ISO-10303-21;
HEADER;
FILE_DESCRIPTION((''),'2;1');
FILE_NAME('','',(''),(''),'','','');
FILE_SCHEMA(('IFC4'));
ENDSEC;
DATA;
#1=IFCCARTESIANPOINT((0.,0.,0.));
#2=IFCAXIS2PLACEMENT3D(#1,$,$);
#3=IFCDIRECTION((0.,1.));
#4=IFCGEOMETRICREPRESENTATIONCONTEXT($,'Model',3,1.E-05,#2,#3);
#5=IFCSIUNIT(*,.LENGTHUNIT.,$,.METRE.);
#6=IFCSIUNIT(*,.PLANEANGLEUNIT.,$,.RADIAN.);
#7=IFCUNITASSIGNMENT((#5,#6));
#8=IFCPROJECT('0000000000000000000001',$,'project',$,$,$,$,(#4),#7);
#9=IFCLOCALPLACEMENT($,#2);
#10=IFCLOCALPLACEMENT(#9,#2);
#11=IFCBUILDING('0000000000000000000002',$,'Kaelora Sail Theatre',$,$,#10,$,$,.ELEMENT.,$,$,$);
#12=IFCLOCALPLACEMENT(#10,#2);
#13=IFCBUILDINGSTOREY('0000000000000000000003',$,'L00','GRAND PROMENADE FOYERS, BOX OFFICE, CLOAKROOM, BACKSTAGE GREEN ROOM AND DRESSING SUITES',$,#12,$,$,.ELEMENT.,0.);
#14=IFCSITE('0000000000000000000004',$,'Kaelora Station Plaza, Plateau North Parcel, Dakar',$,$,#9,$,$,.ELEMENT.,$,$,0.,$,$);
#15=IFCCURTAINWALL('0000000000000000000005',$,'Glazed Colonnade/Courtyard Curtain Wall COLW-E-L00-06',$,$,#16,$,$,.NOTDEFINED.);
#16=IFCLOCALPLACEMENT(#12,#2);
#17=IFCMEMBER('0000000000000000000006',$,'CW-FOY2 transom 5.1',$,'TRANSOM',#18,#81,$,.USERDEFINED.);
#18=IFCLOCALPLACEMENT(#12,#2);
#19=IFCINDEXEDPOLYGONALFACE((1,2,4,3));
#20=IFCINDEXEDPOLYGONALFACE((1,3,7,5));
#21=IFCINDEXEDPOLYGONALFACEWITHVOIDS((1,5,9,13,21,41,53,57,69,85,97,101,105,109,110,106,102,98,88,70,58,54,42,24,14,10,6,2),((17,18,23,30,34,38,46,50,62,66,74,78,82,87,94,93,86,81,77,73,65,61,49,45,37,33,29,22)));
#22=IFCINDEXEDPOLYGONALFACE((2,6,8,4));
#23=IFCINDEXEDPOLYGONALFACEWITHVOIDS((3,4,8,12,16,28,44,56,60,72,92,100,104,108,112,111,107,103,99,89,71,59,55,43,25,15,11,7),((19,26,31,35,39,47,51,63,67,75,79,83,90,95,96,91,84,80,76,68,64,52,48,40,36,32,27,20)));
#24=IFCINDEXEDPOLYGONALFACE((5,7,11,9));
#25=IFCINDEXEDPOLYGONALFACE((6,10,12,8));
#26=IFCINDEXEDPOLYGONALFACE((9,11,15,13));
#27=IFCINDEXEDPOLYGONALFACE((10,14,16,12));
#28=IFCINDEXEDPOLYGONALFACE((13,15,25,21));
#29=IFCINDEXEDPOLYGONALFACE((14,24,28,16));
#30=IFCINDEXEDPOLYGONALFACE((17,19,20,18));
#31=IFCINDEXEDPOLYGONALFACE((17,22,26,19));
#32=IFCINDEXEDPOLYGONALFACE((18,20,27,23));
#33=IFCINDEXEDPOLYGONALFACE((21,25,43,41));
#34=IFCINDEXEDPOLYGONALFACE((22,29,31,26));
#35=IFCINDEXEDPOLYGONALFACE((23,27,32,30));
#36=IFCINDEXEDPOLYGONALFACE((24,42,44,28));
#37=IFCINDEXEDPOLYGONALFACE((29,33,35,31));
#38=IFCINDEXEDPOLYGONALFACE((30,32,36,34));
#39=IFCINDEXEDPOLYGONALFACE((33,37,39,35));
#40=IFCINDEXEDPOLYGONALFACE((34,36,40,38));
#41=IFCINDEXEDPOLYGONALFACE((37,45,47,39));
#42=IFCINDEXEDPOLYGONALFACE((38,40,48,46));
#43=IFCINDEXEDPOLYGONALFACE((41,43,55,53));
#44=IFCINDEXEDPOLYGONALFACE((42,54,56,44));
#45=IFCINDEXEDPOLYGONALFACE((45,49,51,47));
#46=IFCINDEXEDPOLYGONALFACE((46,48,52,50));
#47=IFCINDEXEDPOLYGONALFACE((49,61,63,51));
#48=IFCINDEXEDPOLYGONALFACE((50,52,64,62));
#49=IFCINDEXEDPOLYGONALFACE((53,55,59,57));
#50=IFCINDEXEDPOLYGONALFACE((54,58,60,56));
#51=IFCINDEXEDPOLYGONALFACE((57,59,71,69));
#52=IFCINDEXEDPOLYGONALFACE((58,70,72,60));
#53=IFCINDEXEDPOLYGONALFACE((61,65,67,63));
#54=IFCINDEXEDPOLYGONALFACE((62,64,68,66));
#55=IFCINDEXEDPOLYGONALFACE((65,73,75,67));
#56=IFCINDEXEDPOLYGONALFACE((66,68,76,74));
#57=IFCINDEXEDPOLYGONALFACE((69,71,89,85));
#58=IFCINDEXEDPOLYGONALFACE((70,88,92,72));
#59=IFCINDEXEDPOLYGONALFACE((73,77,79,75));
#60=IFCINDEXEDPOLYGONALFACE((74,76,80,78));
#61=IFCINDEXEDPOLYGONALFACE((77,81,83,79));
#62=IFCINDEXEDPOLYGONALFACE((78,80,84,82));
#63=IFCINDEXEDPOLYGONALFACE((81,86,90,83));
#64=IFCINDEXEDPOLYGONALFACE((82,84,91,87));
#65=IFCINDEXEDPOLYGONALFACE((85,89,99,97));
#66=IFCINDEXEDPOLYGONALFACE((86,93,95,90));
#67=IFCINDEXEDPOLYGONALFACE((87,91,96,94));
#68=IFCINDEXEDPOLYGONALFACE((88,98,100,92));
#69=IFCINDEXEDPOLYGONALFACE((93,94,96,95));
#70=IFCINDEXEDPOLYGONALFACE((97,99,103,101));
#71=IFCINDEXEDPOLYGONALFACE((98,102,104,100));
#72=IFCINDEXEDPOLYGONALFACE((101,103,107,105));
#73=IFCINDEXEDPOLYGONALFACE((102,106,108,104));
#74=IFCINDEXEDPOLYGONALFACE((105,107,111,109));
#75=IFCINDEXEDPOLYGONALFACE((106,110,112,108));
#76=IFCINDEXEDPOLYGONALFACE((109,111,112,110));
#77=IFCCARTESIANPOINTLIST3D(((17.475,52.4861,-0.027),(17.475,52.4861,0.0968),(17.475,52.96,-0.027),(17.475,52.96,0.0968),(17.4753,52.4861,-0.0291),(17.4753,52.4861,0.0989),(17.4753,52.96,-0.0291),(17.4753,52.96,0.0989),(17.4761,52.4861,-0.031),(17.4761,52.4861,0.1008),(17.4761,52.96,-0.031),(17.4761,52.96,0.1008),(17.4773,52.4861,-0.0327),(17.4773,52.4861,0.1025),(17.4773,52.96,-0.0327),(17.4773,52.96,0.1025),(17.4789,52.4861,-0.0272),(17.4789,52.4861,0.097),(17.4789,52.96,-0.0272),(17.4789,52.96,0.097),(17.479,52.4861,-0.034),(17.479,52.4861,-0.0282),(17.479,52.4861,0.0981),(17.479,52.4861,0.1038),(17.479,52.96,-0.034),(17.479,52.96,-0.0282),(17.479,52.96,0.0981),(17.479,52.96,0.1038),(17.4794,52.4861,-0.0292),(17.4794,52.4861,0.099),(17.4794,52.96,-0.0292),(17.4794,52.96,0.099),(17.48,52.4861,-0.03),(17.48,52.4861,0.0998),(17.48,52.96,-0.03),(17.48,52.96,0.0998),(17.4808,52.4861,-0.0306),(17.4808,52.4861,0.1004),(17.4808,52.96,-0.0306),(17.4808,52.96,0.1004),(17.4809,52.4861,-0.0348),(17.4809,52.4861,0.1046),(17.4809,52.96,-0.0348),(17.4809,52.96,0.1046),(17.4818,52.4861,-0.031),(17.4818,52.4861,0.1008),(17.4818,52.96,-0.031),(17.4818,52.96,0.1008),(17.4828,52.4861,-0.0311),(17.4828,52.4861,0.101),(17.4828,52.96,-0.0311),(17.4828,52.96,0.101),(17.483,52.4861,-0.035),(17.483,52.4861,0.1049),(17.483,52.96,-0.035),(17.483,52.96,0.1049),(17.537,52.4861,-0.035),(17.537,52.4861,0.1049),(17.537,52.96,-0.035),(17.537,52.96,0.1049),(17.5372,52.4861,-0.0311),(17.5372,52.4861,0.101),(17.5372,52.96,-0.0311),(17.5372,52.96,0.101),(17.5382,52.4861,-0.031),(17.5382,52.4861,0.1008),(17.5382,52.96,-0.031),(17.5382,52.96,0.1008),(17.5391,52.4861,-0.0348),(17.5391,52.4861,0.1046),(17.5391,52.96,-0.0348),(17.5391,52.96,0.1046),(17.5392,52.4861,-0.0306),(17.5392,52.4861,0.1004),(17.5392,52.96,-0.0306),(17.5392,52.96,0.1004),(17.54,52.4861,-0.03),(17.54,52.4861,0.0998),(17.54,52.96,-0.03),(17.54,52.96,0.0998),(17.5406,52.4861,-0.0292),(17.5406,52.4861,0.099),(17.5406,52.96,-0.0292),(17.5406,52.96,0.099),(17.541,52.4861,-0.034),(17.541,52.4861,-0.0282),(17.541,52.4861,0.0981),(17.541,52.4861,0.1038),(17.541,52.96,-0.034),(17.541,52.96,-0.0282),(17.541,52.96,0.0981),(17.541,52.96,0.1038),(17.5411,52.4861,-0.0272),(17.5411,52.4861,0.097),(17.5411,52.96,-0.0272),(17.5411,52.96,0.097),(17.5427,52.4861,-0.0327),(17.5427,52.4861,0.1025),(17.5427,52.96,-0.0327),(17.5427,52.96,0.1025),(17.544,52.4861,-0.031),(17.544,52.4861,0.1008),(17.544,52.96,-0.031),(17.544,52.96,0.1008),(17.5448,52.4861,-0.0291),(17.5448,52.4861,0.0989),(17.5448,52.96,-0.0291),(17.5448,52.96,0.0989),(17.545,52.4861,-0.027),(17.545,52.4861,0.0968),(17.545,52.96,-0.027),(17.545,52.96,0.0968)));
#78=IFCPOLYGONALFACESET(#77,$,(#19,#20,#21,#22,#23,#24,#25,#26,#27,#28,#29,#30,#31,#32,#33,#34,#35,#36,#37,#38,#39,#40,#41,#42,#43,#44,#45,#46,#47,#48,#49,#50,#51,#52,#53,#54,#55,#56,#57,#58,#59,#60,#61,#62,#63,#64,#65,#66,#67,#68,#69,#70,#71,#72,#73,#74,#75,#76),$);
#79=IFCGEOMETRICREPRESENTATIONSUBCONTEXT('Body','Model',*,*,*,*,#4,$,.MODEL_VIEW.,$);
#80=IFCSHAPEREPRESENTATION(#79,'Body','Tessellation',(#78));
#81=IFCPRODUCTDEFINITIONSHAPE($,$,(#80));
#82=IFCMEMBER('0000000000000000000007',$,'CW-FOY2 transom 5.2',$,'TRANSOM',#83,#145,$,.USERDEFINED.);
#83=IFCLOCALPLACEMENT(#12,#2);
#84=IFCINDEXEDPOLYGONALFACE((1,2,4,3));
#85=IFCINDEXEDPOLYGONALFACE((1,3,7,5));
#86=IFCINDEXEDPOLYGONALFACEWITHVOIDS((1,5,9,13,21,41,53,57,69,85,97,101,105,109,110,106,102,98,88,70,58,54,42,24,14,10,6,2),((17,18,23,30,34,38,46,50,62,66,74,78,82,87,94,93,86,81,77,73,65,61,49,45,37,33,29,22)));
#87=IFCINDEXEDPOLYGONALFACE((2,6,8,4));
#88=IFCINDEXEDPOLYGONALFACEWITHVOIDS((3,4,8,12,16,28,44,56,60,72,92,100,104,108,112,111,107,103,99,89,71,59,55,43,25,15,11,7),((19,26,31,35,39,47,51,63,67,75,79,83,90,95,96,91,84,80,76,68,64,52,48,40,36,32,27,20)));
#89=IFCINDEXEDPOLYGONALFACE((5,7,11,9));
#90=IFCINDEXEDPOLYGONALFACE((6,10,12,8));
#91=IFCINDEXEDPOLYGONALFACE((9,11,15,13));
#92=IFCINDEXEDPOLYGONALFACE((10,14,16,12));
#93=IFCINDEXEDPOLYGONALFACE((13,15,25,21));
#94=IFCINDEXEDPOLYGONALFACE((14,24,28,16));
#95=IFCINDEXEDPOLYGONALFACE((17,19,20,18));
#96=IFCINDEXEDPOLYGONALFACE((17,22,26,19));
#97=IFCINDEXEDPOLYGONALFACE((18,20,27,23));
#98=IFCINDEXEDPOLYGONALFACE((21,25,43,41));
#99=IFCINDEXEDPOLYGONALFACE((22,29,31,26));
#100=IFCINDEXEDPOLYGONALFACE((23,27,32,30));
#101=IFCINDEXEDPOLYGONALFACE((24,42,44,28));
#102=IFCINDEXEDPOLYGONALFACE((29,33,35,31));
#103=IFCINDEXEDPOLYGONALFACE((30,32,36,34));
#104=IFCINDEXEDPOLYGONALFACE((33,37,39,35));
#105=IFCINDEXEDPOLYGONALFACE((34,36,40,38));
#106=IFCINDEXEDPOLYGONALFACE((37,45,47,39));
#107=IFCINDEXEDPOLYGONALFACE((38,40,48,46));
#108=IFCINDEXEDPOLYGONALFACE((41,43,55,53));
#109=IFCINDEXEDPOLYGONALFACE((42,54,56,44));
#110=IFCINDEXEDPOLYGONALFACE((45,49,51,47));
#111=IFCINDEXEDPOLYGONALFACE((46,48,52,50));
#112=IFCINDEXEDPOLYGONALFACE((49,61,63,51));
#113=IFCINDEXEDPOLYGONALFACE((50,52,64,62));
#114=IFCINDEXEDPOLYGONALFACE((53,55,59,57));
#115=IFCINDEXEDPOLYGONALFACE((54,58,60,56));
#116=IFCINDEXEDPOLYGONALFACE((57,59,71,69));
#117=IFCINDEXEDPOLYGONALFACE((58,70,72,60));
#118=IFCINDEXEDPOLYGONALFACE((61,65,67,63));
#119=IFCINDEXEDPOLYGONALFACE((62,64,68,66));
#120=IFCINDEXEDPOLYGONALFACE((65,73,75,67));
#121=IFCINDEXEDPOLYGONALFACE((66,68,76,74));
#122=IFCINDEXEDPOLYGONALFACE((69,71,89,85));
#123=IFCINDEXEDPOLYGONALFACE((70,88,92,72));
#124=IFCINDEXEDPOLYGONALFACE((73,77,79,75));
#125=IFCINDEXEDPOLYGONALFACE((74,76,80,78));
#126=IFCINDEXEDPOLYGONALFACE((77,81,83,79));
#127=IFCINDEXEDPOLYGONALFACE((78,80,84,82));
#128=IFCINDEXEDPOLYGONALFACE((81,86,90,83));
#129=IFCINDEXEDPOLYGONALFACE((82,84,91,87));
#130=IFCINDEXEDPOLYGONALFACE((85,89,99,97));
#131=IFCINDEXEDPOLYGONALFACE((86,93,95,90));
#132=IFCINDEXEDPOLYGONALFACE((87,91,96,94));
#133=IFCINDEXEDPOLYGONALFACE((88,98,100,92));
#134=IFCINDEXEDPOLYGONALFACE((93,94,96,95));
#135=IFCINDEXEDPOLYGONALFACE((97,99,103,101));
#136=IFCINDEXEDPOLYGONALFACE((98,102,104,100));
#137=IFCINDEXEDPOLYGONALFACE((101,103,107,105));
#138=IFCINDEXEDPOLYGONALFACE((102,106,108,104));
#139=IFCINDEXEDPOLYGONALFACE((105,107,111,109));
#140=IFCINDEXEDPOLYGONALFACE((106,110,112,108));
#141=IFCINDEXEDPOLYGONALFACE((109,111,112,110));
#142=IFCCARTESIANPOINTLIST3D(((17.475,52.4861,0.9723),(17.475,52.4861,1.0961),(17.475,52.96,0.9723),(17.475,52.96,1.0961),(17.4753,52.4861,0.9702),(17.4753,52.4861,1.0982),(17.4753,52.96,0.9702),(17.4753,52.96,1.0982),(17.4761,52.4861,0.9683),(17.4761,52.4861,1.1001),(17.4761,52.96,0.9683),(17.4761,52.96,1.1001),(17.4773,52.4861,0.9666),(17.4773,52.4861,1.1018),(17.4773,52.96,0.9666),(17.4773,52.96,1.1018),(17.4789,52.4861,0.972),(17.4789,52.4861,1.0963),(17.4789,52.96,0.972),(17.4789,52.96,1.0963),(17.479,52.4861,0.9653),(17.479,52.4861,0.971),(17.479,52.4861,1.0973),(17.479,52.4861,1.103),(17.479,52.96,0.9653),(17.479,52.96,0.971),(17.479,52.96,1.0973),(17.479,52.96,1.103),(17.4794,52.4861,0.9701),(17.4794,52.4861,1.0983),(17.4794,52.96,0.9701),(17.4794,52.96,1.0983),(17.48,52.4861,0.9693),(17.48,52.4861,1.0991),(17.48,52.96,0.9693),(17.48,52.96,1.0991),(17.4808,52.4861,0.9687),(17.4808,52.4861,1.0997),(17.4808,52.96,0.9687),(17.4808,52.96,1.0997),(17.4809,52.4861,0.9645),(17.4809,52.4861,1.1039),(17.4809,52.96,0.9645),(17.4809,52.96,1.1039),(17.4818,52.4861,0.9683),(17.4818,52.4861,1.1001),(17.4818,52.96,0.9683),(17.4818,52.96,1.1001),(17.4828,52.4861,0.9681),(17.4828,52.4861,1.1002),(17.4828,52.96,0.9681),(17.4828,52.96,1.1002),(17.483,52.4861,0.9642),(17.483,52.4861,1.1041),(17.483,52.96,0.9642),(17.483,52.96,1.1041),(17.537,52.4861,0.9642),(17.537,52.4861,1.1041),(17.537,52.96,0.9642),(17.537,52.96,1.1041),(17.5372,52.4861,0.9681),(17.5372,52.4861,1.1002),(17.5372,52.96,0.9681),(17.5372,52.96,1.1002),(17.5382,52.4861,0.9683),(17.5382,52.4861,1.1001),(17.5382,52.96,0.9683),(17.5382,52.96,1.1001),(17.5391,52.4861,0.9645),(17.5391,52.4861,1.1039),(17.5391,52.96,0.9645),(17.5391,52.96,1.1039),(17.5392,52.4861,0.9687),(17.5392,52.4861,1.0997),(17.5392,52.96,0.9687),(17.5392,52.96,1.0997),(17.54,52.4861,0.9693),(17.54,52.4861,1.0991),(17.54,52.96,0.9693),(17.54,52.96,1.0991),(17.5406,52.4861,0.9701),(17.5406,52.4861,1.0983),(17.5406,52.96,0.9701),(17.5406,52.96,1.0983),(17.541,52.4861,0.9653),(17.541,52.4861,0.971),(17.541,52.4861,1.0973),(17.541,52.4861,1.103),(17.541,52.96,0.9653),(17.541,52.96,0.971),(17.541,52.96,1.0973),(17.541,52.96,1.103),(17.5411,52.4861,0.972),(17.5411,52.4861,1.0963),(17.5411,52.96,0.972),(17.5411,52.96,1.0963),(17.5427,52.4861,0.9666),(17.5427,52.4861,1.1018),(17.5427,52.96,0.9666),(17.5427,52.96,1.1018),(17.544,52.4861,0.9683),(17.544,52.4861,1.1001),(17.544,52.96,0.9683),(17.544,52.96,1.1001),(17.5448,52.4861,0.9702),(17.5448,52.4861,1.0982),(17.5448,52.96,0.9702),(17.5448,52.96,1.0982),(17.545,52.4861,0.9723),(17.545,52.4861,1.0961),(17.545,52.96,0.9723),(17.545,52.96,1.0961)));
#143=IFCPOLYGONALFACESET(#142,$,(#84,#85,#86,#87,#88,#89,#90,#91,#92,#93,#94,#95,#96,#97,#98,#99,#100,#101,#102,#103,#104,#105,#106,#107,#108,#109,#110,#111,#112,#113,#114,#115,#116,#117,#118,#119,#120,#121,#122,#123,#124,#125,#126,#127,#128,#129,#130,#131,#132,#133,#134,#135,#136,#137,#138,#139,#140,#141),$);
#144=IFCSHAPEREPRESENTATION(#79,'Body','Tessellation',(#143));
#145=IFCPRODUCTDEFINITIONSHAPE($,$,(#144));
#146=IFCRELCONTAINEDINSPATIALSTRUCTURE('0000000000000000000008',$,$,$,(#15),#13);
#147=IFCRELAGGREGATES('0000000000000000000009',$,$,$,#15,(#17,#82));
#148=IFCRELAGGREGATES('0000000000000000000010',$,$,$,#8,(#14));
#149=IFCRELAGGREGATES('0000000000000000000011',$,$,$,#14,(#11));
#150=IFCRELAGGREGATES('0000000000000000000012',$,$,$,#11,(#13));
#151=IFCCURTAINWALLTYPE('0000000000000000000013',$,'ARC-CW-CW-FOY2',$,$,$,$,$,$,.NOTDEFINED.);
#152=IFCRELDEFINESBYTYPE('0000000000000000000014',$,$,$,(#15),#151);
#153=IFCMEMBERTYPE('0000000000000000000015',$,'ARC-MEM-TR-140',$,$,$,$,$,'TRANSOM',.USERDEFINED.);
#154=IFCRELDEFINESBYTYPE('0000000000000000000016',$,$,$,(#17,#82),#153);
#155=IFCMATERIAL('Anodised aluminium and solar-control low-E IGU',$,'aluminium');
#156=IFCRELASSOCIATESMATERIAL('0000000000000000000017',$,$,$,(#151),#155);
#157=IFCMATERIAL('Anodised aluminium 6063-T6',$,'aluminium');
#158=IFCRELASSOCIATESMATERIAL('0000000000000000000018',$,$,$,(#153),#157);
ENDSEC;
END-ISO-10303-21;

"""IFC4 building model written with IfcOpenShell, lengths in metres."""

from ifc_helpers import new_model, si_unit, direction, frame, origin, origin_2d, place, context, subcontext, project, spatial, hollow_rectangle, extrude, material, material_profile, profile_set, type_object, element, aggregate, save


model = new_model("IFC4")

# Units and contexts
model_context = context("Model", 3, precision=1e-05, world=origin(), true_north=direction((0.0, 1.0)))
body_context = subcontext(model_context, "Body", "Model", "MODEL_VIEW")
ifc_project = project(units=[si_unit("LENGTHUNIT", "METRE"), si_unit("PLANEANGLEUNIT", "RADIAN")], contexts=[model_context])

# Site, building, storey
site_placement = place(None, origin())
site = spatial("IfcSite", under=ifc_project, at=site_placement, Name="Kaelora Station Plaza, Plateau North Parcel, Dakar", CompositionType="ELEMENT", RefElevation=0.0)
building_placement = place(site_placement, origin())
building = spatial("IfcBuilding", under=site, at=building_placement, Name="Kaelora Sail Theatre", CompositionType="ELEMENT")
storey_placement = place(building_placement, origin())
storey = spatial("IfcBuildingStorey", under=building, at=storey_placement, Name="L00", Description="GRAND PROMENADE FOYERS, BOX OFFICE, CLOAKROOM, BACKSTAGE GREEN ROOM AND DRESSING SUITES", CompositionType="ELEMENT", Elevation=0.0)

# Curtain wall, members
ifc_material_1 = material(Name="Anodised aluminium and solar-control low-E IGU", Category="aluminium")
curtain_wall_type = type_object("IfcCurtainWallType", Name="ARC-CW-CW-FOY2", PredefinedType="NOTDEFINED", material=ifc_material_1)
curtain_wall_placement = place(storey_placement, origin())
curtain_wall = element("IfcCurtainWall", 1, at=curtain_wall_placement, inside=storey, type_object=curtain_wall_type, Name="Glazed Colonnade/Courtyard Curtain Wall COLW-E-L00-06", PredefinedType="NOTDEFINED")
ifc_material_2 = material(Name="Anodised aluminium 6063-T6", Category="aluminium")
ifc_material_profile_1 = material_profile(ifc_material_2, hollow_rectangle(XDim=0.0701, YDim=0.1399, WallThickness=0.0039, InnerFilletRadius=0.0039, OuterFilletRadius=0.0081, at=origin_2d()), Name="ALU-TRAN 70x140x4")
ifc_profile_set_1 = profile_set([ifc_material_profile_1], Name="Anodised aluminium 6063-T6")
member_type_1 = type_object("IfcMemberType", Name="ARC-MEM-TR-140", ElementType="TRANSOM", PredefinedType="USERDEFINED", material=ifc_profile_set_1)
member_1_placement = place(storey_placement, frame((17.51, 52.4861, 0.0349), z_axis=(0.0, 1.0, 0.0), x_axis=(-1.0, 0.0, 0.0)))
member_1 = element("IfcMember", 2, at=member_1_placement, type_object=member_type_1, Name="CW-FOY2 transom 5.1", ObjectType="TRANSOM", PredefinedType="USERDEFINED", context=body_context, shape_type="SweptSolid", body=[
    extrude(hollow_rectangle(XDim=0.0701, YDim=0.1399, WallThickness=0.0039, InnerFilletRadius=0.0039, OuterFilletRadius=0.0081, at=origin_2d()), origin(), (0.0, 0.0, 1.0), 0.4739),
])
member_2_placement = place(storey_placement, frame((17.51, 52.4861, 1.0342), z_axis=(0.0, 1.0, 0.0), x_axis=(-1.0, 0.0, 0.0)))
member_2 = element("IfcMember", 3, at=member_2_placement, type_object=member_type_1, Name="CW-FOY2 transom 5.2", ObjectType="TRANSOM", PredefinedType="USERDEFINED", context=body_context, shape_type="SweptSolid", body=[
    extrude(hollow_rectangle(XDim=0.0701, YDim=0.1399, WallThickness=0.0039, InnerFilletRadius=0.0039, OuterFilletRadius=0.0081, at=origin_2d()), origin(), (0.0, 0.0, 1.0), 0.4739),
])
aggregate(curtain_wall, [member_1, member_2])

save(model, "model.ifc")
